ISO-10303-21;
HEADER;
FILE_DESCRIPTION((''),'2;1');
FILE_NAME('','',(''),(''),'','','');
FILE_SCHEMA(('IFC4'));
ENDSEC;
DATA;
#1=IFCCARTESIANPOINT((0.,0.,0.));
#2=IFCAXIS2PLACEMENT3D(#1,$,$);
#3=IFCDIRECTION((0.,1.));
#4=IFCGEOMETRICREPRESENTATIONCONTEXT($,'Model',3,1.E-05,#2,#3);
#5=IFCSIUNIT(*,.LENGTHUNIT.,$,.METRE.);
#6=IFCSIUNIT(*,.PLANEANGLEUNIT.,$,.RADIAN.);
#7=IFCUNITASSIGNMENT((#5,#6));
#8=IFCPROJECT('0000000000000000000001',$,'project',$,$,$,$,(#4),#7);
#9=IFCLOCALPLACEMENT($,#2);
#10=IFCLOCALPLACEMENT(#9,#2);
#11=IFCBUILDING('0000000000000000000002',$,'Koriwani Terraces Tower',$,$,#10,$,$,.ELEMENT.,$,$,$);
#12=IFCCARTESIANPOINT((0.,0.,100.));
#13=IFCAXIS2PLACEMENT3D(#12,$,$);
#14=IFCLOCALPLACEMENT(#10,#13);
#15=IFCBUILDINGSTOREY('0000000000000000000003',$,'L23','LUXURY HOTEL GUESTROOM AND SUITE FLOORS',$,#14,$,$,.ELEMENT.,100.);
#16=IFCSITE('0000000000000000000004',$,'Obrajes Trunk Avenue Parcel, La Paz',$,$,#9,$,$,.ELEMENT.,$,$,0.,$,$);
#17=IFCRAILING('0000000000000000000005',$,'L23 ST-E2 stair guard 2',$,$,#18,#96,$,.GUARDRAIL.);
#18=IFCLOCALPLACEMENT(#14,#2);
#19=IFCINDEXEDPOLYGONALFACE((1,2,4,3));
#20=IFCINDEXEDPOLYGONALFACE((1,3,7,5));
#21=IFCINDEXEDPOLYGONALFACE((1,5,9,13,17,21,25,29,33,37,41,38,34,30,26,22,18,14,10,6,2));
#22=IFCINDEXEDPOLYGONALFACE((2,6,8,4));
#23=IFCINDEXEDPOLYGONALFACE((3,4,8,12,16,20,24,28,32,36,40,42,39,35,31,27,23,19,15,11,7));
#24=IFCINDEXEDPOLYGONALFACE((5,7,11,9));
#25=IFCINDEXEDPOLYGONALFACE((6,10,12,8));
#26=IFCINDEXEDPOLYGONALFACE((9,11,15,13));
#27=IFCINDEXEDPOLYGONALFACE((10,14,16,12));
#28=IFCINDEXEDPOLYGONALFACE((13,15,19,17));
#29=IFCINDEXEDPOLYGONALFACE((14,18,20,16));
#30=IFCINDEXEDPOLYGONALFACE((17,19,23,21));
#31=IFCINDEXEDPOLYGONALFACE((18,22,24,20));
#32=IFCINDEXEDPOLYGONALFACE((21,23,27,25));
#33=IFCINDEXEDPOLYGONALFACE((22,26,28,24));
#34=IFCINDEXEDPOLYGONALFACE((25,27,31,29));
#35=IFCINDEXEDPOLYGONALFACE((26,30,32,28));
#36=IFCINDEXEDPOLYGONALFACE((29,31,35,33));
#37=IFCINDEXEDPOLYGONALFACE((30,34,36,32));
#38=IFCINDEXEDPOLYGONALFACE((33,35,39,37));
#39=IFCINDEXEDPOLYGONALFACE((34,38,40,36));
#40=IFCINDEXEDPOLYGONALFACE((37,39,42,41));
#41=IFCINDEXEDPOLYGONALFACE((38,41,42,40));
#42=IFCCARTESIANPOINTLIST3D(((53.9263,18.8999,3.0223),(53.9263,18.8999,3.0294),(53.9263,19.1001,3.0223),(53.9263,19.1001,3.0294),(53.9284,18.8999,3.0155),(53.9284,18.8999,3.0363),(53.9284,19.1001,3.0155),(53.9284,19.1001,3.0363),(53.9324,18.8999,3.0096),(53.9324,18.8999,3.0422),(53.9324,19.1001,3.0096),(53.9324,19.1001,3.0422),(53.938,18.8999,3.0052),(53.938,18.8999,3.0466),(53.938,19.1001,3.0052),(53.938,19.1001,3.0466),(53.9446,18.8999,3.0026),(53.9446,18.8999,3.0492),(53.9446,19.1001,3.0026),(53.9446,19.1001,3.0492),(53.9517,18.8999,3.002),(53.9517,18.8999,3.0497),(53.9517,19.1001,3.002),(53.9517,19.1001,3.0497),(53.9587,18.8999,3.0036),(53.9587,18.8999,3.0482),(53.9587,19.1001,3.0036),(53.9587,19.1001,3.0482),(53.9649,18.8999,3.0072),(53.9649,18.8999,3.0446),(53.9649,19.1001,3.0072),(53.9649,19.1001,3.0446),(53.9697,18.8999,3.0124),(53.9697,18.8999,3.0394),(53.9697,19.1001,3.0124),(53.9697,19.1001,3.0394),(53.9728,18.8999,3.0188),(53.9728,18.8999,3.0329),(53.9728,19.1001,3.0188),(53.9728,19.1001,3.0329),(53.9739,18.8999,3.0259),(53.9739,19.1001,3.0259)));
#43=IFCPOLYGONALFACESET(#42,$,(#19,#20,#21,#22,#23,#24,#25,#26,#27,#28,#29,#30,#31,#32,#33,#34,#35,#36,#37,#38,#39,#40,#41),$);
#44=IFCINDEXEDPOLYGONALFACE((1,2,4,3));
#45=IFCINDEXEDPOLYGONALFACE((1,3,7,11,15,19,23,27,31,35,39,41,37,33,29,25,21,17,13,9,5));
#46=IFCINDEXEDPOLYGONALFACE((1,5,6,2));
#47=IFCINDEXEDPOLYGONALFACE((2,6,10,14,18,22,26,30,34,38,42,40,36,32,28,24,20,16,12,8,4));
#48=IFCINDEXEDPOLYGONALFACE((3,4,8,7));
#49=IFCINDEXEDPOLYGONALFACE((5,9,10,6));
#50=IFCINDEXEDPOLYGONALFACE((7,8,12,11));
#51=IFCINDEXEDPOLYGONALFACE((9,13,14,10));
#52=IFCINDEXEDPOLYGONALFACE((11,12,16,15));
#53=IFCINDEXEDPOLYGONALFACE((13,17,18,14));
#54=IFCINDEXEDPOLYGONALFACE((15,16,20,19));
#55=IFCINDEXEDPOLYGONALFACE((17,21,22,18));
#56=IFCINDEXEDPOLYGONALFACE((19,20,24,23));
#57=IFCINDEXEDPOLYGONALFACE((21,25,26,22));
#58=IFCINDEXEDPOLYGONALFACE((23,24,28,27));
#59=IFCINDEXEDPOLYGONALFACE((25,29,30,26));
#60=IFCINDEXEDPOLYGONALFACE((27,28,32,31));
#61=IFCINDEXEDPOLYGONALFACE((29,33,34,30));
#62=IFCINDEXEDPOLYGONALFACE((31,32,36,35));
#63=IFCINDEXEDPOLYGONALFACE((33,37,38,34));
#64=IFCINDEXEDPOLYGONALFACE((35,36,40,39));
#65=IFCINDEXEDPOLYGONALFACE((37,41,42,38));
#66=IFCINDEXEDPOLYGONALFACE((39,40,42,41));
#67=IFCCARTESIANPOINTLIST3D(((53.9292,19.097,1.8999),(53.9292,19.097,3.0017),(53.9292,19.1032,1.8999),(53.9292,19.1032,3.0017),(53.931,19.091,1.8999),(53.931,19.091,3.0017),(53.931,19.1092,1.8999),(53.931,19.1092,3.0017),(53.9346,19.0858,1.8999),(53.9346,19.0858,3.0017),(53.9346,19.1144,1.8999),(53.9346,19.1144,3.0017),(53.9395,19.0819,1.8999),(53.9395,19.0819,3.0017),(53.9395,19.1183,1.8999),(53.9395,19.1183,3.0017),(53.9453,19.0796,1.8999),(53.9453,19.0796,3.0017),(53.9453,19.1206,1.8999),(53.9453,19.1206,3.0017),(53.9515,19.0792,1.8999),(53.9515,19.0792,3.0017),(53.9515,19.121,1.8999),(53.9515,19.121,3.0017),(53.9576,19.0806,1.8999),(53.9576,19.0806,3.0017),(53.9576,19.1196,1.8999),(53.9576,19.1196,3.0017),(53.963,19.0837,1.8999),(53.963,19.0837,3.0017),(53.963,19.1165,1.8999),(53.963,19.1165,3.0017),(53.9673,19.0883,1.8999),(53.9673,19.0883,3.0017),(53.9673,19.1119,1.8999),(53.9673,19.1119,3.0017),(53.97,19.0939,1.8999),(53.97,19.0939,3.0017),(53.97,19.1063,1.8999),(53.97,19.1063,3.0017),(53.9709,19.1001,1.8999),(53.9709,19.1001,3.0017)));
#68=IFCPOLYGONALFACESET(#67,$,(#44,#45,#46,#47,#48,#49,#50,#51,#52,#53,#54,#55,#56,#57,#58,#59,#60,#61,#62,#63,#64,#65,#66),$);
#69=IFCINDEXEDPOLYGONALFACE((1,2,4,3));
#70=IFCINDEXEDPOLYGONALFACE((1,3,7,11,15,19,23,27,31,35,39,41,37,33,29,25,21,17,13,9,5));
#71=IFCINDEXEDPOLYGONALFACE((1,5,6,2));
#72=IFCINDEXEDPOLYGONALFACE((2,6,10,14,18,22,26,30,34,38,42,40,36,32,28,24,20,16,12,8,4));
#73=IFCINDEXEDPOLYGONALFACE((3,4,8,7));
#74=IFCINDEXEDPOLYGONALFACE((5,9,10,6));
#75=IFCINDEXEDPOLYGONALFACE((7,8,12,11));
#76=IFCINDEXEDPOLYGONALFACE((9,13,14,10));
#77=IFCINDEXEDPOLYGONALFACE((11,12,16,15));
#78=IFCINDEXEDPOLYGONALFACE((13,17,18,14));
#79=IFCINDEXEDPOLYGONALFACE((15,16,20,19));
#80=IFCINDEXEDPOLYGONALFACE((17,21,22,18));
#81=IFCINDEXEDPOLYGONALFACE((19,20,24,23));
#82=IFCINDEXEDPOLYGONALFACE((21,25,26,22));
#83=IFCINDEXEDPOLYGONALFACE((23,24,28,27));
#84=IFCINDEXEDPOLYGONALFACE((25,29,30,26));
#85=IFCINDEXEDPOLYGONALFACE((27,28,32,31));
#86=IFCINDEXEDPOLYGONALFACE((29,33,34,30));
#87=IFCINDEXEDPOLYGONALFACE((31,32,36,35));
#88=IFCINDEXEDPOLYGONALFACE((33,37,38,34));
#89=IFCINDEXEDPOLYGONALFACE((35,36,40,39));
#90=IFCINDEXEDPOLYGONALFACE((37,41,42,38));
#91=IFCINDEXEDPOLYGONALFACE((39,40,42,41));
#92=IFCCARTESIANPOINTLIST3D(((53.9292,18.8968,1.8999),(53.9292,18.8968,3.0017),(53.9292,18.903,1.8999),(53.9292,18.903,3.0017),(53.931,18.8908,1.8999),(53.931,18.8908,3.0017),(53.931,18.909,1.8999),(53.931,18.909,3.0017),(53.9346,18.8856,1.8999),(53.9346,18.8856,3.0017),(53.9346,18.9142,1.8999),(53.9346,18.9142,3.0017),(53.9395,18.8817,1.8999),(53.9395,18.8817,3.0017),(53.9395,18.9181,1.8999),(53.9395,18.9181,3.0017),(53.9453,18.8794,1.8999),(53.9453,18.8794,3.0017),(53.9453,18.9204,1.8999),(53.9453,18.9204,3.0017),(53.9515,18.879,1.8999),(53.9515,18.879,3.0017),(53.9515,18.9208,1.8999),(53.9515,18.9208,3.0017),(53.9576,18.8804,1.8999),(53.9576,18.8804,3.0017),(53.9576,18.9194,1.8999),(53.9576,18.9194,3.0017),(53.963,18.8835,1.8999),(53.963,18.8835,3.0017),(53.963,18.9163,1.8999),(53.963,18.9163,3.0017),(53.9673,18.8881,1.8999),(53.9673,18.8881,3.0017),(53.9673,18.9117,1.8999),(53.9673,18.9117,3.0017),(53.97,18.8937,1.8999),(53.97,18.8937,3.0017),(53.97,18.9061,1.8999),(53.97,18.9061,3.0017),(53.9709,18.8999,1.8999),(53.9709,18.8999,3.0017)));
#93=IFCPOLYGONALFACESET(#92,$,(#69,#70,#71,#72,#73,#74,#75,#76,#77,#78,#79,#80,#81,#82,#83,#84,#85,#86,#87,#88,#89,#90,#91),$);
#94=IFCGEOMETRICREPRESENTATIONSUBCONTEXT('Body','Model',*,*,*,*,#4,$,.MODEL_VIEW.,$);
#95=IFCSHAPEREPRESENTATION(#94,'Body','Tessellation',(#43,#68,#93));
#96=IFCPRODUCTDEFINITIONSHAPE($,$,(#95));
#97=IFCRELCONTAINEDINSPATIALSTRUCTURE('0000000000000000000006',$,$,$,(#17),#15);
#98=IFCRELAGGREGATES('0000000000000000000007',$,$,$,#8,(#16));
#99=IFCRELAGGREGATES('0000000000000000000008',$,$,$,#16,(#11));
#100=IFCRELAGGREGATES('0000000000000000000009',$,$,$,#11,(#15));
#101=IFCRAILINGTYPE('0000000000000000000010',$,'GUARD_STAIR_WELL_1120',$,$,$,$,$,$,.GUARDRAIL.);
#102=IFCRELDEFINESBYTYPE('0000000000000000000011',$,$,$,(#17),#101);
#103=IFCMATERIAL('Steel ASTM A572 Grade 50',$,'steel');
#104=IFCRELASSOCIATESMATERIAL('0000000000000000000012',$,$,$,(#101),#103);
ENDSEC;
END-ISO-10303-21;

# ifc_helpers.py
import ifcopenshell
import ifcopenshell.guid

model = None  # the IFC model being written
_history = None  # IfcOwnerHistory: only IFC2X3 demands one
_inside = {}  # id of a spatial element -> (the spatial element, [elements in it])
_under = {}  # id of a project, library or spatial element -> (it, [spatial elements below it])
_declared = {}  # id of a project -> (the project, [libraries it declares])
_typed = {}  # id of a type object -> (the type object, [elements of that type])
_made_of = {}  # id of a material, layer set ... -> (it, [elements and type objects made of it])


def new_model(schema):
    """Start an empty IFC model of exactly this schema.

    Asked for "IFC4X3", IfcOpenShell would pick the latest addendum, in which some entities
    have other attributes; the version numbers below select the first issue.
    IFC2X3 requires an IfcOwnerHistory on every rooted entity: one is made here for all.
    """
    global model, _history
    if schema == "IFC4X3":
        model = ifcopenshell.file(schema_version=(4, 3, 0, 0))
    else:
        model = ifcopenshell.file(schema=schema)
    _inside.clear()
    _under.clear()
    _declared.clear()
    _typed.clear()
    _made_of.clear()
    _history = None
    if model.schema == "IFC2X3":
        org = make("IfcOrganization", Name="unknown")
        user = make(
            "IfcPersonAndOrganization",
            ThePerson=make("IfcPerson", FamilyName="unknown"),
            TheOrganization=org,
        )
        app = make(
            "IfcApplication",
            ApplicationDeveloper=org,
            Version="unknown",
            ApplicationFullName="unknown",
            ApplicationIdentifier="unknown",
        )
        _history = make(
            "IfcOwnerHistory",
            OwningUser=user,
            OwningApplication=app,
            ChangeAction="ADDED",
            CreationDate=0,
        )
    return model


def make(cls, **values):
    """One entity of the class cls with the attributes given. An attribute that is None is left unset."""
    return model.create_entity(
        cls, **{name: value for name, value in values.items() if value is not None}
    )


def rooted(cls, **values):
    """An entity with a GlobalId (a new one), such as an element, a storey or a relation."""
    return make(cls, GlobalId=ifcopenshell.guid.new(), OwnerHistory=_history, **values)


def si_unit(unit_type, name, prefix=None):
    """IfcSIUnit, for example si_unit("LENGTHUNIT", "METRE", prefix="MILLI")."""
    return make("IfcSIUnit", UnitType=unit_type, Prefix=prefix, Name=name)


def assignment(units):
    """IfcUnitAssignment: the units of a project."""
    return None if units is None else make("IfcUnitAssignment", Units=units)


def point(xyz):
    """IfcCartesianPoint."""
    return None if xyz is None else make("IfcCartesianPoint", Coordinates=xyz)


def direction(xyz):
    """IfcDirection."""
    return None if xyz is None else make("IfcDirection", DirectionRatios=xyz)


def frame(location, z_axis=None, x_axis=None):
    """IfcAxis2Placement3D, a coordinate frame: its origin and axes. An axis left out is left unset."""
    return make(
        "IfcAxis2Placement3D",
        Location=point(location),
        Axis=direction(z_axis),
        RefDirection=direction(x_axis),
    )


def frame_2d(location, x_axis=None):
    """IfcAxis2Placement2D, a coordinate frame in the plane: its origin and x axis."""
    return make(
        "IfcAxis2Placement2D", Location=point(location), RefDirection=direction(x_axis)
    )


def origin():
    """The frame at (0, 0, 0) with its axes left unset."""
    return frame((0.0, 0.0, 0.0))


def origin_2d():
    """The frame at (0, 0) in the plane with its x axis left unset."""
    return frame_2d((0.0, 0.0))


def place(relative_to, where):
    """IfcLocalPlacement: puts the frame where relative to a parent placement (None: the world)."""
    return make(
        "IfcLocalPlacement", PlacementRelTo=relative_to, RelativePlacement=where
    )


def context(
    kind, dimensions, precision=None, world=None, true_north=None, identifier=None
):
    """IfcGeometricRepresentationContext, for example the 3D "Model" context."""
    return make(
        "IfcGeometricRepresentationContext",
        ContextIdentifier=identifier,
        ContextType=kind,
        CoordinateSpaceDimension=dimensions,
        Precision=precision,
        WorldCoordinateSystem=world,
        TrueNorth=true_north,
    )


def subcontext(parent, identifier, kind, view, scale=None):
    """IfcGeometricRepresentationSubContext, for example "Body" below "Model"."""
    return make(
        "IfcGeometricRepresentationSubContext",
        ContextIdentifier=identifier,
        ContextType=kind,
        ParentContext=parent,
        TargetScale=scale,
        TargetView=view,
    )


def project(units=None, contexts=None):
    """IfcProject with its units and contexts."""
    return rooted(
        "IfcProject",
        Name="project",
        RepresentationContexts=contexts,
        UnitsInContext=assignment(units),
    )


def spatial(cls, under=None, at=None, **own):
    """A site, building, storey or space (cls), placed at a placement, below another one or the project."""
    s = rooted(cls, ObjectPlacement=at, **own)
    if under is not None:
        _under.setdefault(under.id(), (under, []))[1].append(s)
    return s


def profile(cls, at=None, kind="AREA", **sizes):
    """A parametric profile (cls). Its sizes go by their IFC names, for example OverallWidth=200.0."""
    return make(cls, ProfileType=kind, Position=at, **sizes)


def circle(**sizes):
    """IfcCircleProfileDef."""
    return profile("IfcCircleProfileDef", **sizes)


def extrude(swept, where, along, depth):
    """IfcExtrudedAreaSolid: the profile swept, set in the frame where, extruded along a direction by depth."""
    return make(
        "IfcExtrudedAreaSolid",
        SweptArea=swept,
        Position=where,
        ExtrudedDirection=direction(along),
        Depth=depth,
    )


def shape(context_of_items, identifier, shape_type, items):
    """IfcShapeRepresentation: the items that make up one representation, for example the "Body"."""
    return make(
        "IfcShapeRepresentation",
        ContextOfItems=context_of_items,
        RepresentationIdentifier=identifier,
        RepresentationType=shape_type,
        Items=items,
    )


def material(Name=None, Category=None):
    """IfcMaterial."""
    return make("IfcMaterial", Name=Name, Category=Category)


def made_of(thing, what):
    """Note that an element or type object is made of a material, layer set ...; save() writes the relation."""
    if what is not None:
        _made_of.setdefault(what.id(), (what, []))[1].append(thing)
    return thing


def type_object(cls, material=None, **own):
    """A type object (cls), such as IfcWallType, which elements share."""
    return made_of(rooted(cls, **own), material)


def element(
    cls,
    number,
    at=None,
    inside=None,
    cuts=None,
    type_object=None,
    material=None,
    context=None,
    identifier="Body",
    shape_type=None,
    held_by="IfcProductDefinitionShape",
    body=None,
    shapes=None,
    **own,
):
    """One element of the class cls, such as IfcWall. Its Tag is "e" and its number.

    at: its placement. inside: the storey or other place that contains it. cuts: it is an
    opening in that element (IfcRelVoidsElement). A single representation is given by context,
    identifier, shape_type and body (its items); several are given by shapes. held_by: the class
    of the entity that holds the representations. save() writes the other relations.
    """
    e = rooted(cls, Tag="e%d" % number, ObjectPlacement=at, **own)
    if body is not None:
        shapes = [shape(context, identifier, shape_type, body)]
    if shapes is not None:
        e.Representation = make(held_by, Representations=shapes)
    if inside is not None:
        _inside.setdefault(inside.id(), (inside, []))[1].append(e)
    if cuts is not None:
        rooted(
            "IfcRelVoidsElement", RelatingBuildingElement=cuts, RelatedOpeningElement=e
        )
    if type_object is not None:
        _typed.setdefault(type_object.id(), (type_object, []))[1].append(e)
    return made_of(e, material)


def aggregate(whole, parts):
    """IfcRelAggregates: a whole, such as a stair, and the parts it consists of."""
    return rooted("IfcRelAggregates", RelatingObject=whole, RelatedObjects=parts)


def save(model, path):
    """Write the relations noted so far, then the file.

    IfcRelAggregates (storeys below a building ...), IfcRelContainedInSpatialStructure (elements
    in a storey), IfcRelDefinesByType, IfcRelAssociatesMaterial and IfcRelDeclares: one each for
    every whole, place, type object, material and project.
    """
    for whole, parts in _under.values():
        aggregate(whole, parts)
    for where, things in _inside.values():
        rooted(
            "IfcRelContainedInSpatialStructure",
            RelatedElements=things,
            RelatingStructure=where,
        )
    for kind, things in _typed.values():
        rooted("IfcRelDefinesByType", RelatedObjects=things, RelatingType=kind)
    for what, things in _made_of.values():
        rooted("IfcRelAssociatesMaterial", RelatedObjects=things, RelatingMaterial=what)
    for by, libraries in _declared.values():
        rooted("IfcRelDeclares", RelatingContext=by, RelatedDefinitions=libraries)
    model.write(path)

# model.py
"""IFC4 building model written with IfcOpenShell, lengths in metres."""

from ifc_helpers import new_model, si_unit, direction, frame, origin, origin_2d, place, context, subcontext, project, spatial, circle, extrude, material, type_object, element, save


model = new_model("IFC4")

# Units and contexts
model_context = context("Model", 3, precision=1e-05, world=origin(), true_north=direction((0.0, 1.0)))
body_context = subcontext(model_context, "Body", "Model", "MODEL_VIEW")
ifc_project = project(units=[si_unit("LENGTHUNIT", "METRE"), si_unit("PLANEANGLEUNIT", "RADIAN")], contexts=[model_context])

# Site, building, storey
site_placement = place(None, origin())
site = spatial("IfcSite", under=ifc_project, at=site_placement, Name="Obrajes Trunk Avenue Parcel, La Paz", CompositionType="ELEMENT", RefElevation=0.0)
building_placement = place(site_placement, origin())
building = spatial("IfcBuilding", under=site, at=building_placement, Name="Koriwani Terraces Tower", CompositionType="ELEMENT")
storey_placement = place(building_placement, frame((0.0, 0.0, 100.0)))
storey = spatial("IfcBuildingStorey", under=building, at=storey_placement, Name="L23", Description="LUXURY HOTEL GUESTROOM AND SUITE FLOORS", CompositionType="ELEMENT", Elevation=100.0)

# Shared definitions
ifc_material_1 = material(Name="Steel ASTM A572 Grade 50", Category="steel")

# Railing
railing_type_1 = type_object("IfcRailingType", Name="GUARD_STAIR_WELL_1120", PredefinedType="GUARDRAIL", material=ifc_material_1)
railing_1_placement = place(storey_placement, frame((53.95, 19.1001, 1.8999)))
element("IfcRailing", 1, at=railing_1_placement, inside=storey, type_object=railing_type_1, Name="L23 ST-E2 stair guard 2", PredefinedType="GUARDRAIL", context=body_context, shape_type="SweptSolid", body=[
    extrude(circle(Radius=0.0239, at=origin_2d()), frame((0.0, 0.0, 1.126), z_axis=(0.0, -1.0, 0.0), x_axis=(1.0, 0.0, 0.0)), (0.0, 0.0, 1.0), 0.2002),
    extrude(circle(Radius=0.021, at=origin_2d()), origin(), (0.0, 0.0, 1.0), 1.1018),
    extrude(circle(Radius=0.021, at=origin_2d()), frame((0.0, -0.2002, 0.0)), (0.0, 0.0, 1.0), 1.1018),
])

save(model, "model.ifc")
